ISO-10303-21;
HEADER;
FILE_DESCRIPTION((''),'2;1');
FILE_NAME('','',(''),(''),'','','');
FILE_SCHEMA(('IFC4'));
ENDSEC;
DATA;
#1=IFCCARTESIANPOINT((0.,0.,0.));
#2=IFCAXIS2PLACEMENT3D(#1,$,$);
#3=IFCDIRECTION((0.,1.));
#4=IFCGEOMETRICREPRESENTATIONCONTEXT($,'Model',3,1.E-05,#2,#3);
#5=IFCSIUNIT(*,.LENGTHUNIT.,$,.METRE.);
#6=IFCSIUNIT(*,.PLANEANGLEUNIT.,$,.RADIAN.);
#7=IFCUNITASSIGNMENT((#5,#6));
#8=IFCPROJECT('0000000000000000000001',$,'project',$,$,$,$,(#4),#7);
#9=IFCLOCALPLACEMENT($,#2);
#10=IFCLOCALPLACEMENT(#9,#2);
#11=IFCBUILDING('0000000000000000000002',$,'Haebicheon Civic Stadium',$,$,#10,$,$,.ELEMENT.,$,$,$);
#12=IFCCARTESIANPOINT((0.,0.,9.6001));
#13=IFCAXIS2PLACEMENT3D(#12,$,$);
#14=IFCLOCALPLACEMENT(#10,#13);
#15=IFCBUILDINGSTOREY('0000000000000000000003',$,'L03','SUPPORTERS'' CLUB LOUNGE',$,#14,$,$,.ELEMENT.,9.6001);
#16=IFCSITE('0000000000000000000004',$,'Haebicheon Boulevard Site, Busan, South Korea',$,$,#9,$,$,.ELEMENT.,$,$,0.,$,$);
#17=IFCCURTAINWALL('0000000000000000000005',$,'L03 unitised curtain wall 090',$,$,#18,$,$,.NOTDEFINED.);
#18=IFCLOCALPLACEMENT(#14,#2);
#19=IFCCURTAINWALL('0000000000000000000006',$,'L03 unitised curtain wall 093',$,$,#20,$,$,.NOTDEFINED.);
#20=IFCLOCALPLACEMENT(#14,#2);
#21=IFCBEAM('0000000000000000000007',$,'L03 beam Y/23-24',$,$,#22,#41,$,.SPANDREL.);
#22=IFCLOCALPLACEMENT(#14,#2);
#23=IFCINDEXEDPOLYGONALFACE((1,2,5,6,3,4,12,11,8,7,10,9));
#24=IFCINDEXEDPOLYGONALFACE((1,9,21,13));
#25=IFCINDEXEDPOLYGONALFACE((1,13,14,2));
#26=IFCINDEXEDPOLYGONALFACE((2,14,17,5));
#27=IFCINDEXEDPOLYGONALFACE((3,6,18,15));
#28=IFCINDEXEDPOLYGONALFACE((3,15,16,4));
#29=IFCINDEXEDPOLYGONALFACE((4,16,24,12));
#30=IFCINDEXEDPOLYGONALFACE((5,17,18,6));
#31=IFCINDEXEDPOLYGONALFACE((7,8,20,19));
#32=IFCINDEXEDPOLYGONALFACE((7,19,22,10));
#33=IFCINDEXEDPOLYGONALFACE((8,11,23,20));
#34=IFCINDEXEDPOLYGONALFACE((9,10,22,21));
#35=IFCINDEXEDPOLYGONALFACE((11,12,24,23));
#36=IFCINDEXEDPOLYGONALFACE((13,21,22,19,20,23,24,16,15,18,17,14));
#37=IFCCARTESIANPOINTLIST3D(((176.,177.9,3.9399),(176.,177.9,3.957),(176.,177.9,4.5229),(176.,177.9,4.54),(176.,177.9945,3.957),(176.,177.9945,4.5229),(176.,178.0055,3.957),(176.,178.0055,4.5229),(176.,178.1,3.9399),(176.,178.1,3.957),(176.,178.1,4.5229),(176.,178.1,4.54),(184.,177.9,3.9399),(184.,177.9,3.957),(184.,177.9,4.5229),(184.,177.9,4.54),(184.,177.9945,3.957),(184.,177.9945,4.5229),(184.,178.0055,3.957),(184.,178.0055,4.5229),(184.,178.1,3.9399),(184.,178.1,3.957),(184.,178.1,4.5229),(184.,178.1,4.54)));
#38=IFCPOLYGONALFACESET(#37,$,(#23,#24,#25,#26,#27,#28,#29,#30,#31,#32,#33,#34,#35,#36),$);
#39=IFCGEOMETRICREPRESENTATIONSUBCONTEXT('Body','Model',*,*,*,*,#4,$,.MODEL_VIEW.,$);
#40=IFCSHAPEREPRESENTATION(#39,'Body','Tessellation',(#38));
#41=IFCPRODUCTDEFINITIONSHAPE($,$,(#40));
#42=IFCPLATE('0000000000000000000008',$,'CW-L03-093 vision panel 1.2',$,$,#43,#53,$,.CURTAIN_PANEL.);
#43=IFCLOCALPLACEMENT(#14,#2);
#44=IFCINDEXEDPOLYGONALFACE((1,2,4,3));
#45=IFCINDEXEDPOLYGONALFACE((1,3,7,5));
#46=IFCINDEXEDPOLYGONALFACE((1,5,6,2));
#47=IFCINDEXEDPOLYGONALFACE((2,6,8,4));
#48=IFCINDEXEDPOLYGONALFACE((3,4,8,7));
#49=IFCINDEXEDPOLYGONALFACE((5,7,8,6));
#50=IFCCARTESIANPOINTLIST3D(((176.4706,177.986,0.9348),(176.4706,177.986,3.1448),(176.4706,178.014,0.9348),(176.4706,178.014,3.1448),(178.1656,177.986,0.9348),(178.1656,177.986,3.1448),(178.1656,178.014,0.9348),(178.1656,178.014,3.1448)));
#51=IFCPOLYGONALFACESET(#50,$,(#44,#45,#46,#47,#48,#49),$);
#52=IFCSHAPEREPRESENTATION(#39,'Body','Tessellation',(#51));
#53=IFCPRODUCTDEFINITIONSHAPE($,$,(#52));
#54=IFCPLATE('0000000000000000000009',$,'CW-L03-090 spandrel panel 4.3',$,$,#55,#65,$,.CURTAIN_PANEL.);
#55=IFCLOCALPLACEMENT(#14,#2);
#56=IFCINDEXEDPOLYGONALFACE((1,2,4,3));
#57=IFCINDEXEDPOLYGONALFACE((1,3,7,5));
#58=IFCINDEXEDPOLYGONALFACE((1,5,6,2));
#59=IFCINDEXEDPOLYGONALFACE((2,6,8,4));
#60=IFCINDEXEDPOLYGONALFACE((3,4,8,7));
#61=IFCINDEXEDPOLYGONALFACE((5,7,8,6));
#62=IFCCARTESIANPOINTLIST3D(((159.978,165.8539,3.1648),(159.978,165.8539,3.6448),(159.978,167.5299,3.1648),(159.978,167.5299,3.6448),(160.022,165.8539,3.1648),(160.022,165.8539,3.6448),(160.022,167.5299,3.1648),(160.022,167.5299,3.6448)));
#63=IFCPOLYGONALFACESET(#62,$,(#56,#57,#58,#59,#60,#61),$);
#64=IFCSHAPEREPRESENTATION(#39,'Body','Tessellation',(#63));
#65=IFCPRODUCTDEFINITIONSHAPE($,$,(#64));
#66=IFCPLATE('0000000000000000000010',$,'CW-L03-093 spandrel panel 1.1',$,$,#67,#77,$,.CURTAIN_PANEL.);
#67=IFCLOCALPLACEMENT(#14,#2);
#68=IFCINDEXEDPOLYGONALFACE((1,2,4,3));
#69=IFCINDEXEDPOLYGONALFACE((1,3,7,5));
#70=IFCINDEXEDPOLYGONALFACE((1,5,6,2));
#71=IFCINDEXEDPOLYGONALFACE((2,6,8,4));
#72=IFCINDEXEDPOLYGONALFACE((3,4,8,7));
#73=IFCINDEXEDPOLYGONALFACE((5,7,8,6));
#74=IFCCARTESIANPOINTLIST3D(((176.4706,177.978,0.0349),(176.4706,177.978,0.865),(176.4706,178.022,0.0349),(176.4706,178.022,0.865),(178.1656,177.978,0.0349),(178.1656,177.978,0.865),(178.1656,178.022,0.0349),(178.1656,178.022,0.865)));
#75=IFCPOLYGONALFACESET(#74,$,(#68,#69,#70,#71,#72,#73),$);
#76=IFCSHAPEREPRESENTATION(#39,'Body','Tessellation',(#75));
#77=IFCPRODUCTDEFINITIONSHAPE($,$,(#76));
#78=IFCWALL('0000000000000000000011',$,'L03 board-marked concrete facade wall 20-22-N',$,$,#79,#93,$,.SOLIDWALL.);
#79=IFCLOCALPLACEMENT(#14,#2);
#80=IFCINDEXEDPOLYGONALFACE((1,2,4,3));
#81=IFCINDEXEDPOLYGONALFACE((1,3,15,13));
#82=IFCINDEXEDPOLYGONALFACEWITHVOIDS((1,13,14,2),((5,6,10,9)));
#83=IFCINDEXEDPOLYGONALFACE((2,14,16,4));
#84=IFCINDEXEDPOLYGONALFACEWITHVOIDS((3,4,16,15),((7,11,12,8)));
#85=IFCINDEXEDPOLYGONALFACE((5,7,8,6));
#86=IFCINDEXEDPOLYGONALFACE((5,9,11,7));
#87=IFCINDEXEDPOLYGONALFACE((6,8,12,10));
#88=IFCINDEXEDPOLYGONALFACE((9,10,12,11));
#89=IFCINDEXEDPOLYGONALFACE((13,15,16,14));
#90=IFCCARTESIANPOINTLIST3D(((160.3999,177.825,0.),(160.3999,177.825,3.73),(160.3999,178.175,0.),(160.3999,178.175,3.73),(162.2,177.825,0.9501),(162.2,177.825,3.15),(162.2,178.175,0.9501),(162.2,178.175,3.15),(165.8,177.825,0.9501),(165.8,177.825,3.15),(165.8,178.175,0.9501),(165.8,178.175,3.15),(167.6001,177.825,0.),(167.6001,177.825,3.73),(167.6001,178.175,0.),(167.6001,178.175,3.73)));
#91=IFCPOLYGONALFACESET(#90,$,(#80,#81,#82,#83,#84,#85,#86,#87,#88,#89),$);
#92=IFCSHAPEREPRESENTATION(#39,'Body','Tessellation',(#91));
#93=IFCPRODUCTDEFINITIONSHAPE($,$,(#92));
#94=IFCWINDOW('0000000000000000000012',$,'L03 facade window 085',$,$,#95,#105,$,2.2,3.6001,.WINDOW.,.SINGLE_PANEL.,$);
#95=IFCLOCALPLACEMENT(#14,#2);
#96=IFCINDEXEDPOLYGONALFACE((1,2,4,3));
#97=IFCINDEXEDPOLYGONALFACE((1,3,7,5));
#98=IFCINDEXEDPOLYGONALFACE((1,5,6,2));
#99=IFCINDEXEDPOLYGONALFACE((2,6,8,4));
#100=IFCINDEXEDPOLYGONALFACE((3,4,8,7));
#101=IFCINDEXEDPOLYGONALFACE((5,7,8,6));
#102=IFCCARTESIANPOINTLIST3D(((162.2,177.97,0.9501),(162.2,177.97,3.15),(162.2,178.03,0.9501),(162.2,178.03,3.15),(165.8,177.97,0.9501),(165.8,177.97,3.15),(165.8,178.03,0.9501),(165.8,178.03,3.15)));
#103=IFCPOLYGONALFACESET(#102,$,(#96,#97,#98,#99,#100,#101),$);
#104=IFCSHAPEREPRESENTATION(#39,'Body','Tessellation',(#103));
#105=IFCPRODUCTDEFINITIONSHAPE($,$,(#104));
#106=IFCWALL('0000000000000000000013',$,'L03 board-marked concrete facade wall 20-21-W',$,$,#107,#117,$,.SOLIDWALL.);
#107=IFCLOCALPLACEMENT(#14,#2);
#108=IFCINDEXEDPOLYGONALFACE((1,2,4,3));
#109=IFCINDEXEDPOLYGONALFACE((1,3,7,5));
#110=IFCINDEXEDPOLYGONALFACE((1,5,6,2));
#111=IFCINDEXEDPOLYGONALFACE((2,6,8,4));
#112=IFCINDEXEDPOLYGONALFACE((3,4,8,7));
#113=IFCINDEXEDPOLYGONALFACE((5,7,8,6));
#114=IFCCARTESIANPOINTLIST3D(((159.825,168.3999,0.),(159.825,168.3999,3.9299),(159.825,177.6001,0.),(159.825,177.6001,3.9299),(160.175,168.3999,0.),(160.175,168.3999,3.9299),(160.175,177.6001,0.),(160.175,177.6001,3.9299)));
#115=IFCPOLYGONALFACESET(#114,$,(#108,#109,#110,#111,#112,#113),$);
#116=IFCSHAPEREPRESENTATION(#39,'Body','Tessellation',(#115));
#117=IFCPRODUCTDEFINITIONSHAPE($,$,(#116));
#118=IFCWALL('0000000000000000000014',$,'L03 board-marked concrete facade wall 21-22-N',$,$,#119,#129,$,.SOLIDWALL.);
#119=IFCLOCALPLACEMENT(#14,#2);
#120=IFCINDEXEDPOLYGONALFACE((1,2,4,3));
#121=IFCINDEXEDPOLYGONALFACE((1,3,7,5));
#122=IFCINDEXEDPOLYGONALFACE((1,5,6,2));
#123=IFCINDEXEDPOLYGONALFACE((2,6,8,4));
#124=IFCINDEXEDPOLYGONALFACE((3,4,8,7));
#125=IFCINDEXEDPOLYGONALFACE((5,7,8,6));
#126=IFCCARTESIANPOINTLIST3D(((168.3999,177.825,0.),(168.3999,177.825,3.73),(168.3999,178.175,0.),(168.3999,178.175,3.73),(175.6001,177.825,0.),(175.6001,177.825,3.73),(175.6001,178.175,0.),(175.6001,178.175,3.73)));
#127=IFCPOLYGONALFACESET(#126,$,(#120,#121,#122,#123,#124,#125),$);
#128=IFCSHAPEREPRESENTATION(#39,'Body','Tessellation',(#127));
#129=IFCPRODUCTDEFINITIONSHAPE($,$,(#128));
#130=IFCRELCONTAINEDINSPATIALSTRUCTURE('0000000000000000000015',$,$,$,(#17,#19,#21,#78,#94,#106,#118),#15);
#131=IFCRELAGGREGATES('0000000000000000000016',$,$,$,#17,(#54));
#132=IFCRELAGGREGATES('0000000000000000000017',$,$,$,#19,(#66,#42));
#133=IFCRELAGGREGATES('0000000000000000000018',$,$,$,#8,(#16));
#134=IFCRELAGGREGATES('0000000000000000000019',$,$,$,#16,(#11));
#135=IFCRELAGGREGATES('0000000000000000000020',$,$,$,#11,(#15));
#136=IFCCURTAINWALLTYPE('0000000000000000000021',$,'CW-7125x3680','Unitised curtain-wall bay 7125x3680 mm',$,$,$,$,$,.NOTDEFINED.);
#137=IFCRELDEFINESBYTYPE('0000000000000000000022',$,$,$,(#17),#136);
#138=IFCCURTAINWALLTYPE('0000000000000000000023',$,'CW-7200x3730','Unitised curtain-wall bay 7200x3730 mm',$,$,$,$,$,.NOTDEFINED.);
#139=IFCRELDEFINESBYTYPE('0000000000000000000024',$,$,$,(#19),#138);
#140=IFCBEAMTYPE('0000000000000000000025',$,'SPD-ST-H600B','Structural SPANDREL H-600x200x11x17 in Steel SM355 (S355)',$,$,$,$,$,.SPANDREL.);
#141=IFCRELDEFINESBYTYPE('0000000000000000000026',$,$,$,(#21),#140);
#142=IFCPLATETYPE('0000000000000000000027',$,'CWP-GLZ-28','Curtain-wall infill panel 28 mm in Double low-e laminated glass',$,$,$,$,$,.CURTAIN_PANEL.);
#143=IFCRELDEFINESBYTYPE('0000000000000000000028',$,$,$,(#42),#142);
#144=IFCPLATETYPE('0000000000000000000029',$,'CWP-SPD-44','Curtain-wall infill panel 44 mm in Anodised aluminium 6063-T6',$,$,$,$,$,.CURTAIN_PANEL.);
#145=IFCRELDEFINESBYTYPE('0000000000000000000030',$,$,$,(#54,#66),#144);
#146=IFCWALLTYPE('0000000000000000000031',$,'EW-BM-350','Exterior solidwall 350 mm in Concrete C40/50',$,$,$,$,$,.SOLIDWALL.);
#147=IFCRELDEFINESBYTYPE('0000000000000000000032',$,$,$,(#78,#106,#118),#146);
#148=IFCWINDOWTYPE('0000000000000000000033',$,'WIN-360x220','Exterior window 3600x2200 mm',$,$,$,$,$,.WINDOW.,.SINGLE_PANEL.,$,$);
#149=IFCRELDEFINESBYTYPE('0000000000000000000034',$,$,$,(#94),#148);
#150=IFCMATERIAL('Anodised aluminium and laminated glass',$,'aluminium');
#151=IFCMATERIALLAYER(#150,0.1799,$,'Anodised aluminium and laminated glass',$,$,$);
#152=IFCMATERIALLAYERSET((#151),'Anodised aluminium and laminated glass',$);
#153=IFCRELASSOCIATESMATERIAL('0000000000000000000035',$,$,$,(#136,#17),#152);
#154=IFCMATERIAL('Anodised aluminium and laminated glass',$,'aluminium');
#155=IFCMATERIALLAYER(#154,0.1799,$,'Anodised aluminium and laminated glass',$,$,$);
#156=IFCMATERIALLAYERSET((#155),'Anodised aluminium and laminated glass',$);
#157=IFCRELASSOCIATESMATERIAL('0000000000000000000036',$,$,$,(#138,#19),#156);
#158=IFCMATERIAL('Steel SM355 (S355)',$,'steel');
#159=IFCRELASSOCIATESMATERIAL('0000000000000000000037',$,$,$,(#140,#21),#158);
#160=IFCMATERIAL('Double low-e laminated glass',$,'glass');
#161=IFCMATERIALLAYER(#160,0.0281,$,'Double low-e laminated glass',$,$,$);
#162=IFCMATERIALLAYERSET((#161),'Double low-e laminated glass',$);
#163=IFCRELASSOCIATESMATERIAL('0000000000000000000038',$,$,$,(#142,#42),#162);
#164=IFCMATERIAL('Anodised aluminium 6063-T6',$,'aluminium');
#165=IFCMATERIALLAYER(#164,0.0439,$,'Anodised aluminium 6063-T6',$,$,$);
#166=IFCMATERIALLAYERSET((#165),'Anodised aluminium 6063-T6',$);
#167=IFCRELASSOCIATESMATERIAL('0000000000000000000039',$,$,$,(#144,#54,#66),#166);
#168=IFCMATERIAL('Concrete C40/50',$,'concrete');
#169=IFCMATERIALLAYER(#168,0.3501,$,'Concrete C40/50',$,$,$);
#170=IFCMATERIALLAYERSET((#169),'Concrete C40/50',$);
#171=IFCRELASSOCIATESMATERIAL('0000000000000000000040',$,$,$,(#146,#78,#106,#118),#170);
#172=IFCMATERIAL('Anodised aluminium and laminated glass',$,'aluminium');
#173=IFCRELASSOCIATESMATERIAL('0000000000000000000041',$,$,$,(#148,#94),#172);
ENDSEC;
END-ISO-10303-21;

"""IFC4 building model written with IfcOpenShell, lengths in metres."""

from ifc_helpers import new_model, si_unit, direction, frame, frame_2d, origin, origin_2d, place, context, subcontext, project, spatial, rectangle, i_section, extrude, material, layer, layer_set, material_profile, profile_set, type_object, element, fill, aggregate, save


model = new_model("IFC4")

# Units and contexts
model_context = context("Model", 3, precision=1e-05, world=origin(), true_north=direction((0.0, 1.0)))
body_context = subcontext(model_context, "Body", "Model", "MODEL_VIEW")
ifc_project = project(units=[si_unit("LENGTHUNIT", "METRE"), si_unit("PLANEANGLEUNIT", "RADIAN")], contexts=[model_context])

# Site, building, storey
site_placement = place(None, origin())
site = spatial("IfcSite", under=ifc_project, at=site_placement, Name="Haebicheon Boulevard Site, Busan, South Korea", CompositionType="ELEMENT", RefElevation=0.0)
building_placement = place(site_placement, origin())
building = spatial("IfcBuilding", under=site, at=building_placement, Name="Haebicheon Civic Stadium", CompositionType="ELEMENT")
storey_placement = place(building_placement, frame((0.0, 0.0, 9.6001)))
storey = spatial("IfcBuildingStorey", under=building, at=storey_placement, Name="L03", Description="SUPPORTERS' CLUB LOUNGE", CompositionType="ELEMENT", Elevation=9.6001)

# Curtain wall
ifc_material_1 = material(Name="Anodised aluminium and laminated glass", Category="aluminium")
ifc_layer_1 = layer(ifc_material_1, 0.1799, Name="Anodised aluminium and laminated glass")
ifc_layer_set_1 = layer_set([ifc_layer_1], Name="Anodised aluminium and laminated glass")
curtain_wall_type_1 = type_object("IfcCurtainWallType", Name="CW-7125x3680", Description="Unitised curtain-wall bay 7125x3680 mm", PredefinedType="NOTDEFINED", material=ifc_layer_set_1)
curtain_wall_1_placement = place(storey_placement, origin())
curtain_wall_1 = element("IfcCurtainWall", 1, at=curtain_wall_1_placement, inside=storey, type_object=curtain_wall_type_1, material=ifc_layer_set_1, Name="L03 unitised curtain wall 090", PredefinedType="NOTDEFINED")

# Curtain wall
ifc_material_2 = material(Name="Anodised aluminium and laminated glass", Category="aluminium")
ifc_layer_2 = layer(ifc_material_2, 0.1799, Name="Anodised aluminium and laminated glass")
ifc_layer_set_2 = layer_set([ifc_layer_2], Name="Anodised aluminium and laminated glass")
curtain_wall_type_2 = type_object("IfcCurtainWallType", Name="CW-7200x3730", Description="Unitised curtain-wall bay 7200x3730 mm", PredefinedType="NOTDEFINED", material=ifc_layer_set_2)
curtain_wall_2_placement = place(storey_placement, origin())
curtain_wall_2 = element("IfcCurtainWall", 2, at=curtain_wall_2_placement, inside=storey, type_object=curtain_wall_type_2, material=ifc_layer_set_2, Name="L03 unitised curtain wall 093", PredefinedType="NOTDEFINED")

# Beam
ifc_material_3 = material(Name="Steel SM355 (S355)", Category="steel")
ifc_material_profile_1 = material_profile(ifc_material_3, i_section(OverallWidth=0.2, OverallDepth=0.6001, WebThickness=0.011, FlangeThickness=0.0171, at=origin_2d()), Name="H-600x200x11x17")
ifc_profile_set_1 = profile_set([ifc_material_profile_1], Name="Steel SM355 (S355)")
beam_type_1 = type_object("IfcBeamType", Name="SPD-ST-H600B", Description="Structural SPANDREL H-600x200x11x17 in Steel SM355 (S355)", PredefinedType="SPANDREL", material=ifc_profile_set_1)
for number, where, z_axis, x_axis, name in (
    (3, (176.0, 178.0, 4.24), (1.0, 0.0, 0.0), (0.0, 1.0, 0.0), "L03 beam Y/23-24"),
):
    element("IfcBeam", number, at=place(storey_placement, frame(where, z_axis=z_axis, x_axis=x_axis)), inside=storey, type_object=beam_type_1, material=ifc_profile_set_1, Name=name, PredefinedType="SPANDREL", context=body_context, shape_type="SweptSolid", body=[
        extrude(i_section(OverallWidth=0.2, OverallDepth=0.6001, WebThickness=0.011, FlangeThickness=0.0171, at=origin_2d()), origin(), (0.0, 0.0, 1.0), 8.0),
    ])

# Plates
ifc_material_4 = material(Name="Double low-e laminated glass", Category="glass")
ifc_layer_3 = layer(ifc_material_4, 0.0281, Name="Double low-e laminated glass")
ifc_layer_set_3 = layer_set([ifc_layer_3], Name="Double low-e laminated glass")
plate_type_1 = type_object("IfcPlateType", Name="CWP-GLZ-28", Description="Curtain-wall infill panel 28 mm in Double low-e laminated glass", PredefinedType="CURTAIN_PANEL", material=ifc_layer_set_3)
plate_1_placement = place(storey_placement, frame((177.3181, 178.0, 0.9348), z_axis=(0.0, 0.0, 1.0), x_axis=(1.0, 0.0, 0.0)))
plate_1 = element("IfcPlate", 4, at=plate_1_placement, type_object=plate_type_1, material=ifc_layer_set_3, Name="CW-L03-093 vision panel 1.2", PredefinedType="CURTAIN_PANEL", context=body_context, shape_type="SweptSolid", body=[
    extrude(rectangle(XDim=1.6951, YDim=0.0281, at=origin_2d()), origin(), (0.0, 0.0, 1.0), 2.21),
])
ifc_material_5 = material(Name="Anodised aluminium 6063-T6", Category="aluminium")
ifc_layer_4 = layer(ifc_material_5, 0.0439, Name="Anodised aluminium 6063-T6")
ifc_layer_set_4 = layer_set([ifc_layer_4], Name="Anodised aluminium 6063-T6")
plate_type_2 = type_object("IfcPlateType", Name="CWP-SPD-44", Description="Curtain-wall infill panel 44 mm in Anodised aluminium 6063-T6", PredefinedType="CURTAIN_PANEL", material=ifc_layer_set_4)
plate_2_placement = place(storey_placement, frame((160.0, 166.6919, 3.1648), z_axis=(0.0, 0.0, 1.0), x_axis=(0.0, 1.0, 0.0)))
plate_2 = element("IfcPlate", 5, at=plate_2_placement, type_object=plate_type_2, material=ifc_layer_set_4, Name="CW-L03-090 spandrel panel 4.3", PredefinedType="CURTAIN_PANEL", context=body_context, shape_type="SweptSolid", body=[
    extrude(rectangle(XDim=1.676, YDim=0.0439, at=origin_2d()), origin(), (0.0, 0.0, 1.0), 0.48),
])
aggregate(curtain_wall_1, [plate_2])
plate_3_placement = place(storey_placement, frame((177.3181, 178.0, 0.0349), z_axis=(0.0, 0.0, 1.0), x_axis=(1.0, 0.0, 0.0)))
plate_3 = element("IfcPlate", 6, at=plate_3_placement, type_object=plate_type_2, material=ifc_layer_set_4, Name="CW-L03-093 spandrel panel 1.1", PredefinedType="CURTAIN_PANEL", context=body_context, shape_type="SweptSolid", body=[
    extrude(rectangle(XDim=1.6951, YDim=0.0439, at=origin_2d()), origin(), (0.0, 0.0, 1.0), 0.8301),
])
aggregate(curtain_wall_2, [plate_3, plate_1])

# Wall, opening, window
ifc_material_6 = material(Name="Concrete C40/50", Category="concrete")
ifc_layer_5 = layer(ifc_material_6, 0.3501, Name="Concrete C40/50")
ifc_layer_set_5 = layer_set([ifc_layer_5], Name="Concrete C40/50")
wall_type = type_object("IfcWallType", Name="EW-BM-350", Description="Exterior solidwall 350 mm in Concrete C40/50", PredefinedType="SOLIDWALL", material=ifc_layer_set_5)
wall_1_placement = place(storey_placement, frame((160.3999, 178.0, 0.0), z_axis=(0.0, 0.0, 1.0), x_axis=(1.0, 0.0, 0.0)))
wall_1 = element("IfcWall", 7, at=wall_1_placement, inside=storey, type_object=wall_type, material=ifc_layer_set_5, Name="L03 board-marked concrete facade wall 20-22-N", PredefinedType="SOLIDWALL", context=body_context, shape_type="SweptSolid", body=[
    extrude(rectangle(XDim=7.2002, YDim=0.3501, at=frame_2d((3.6001, 0.0))), origin(), (0.0, 0.0, 1.0), 3.73),
])
opening_placement = place(wall_1_placement, frame((1.8, 0.0, 0.95)))
opening = element("IfcOpeningElement", 8, at=opening_placement, cuts=wall_1, PredefinedType="OPENING", context=body_context, shape_type="SweptSolid", body=[
    extrude(rectangle(XDim=3.6001, YDim=2.2, at=frame_2d((1.8, 1.1001))), frame((0.0, 0.1851, 0.0), z_axis=(0.0, -1.0, 0.0), x_axis=(1.0, 0.0, 0.0)), (0.0, 0.0, 1.0), 0.3701),
])
ifc_material_7 = material(Name="Anodised aluminium and laminated glass", Category="aluminium")
window_type = type_object("IfcWindowType", Name="WIN-360x220", Description="Exterior window 3600x2200 mm", PartitioningType="SINGLE_PANEL", PredefinedType="WINDOW", material=ifc_material_7)
window_placement = place(opening_placement, origin())
window = element("IfcWindow", 9, at=window_placement, inside=storey, type_object=window_type, material=ifc_material_7, Name="L03 facade window 085", OverallHeight=2.2, OverallWidth=3.6001, PartitioningType="SINGLE_PANEL", PredefinedType="WINDOW", context=body_context, shape_type="SweptSolid", body=[
    extrude(rectangle(XDim=3.6001, YDim=2.2, at=frame_2d((1.8, 1.1001))), frame((0.0, 0.03, 0.0), z_axis=(0.0, -1.0, 0.0), x_axis=(1.0, 0.0, 0.0)), (0.0, 0.0, 1.0), 0.0601),
])
fill(opening, window)

# Walls
wall_2_placement = place(storey_placement, frame((160.0, 168.3999, 0.0), z_axis=(0.0, 0.0, 1.0), x_axis=(0.0, 1.0, 0.0)))
element("IfcWall", 10, at=wall_2_placement, inside=storey, type_object=wall_type, material=ifc_layer_set_5, Name="L03 board-marked concrete facade wall 20-21-W", PredefinedType="SOLIDWALL", context=body_context, shape_type="SweptSolid", body=[
    extrude(rectangle(XDim=9.2002, YDim=0.3501, at=frame_2d((4.6001, 0.0))), origin(), (0.0, 0.0, 1.0), 3.9299),
])
wall_3_placement = place(storey_placement, frame((168.3999, 178.0, 0.0), z_axis=(0.0, 0.0, 1.0), x_axis=(1.0, 0.0, 0.0)))
element("IfcWall", 11, at=wall_3_placement, inside=storey, type_object=wall_type, material=ifc_layer_set_5, Name="L03 board-marked concrete facade wall 21-22-N", PredefinedType="SOLIDWALL", context=body_context, shape_type="SweptSolid", body=[
    extrude(rectangle(XDim=7.2002, YDim=0.3501, at=frame_2d((3.6001, 0.0))), origin(), (0.0, 0.0, 1.0), 3.73),
])

save(model, "model.ifc")
